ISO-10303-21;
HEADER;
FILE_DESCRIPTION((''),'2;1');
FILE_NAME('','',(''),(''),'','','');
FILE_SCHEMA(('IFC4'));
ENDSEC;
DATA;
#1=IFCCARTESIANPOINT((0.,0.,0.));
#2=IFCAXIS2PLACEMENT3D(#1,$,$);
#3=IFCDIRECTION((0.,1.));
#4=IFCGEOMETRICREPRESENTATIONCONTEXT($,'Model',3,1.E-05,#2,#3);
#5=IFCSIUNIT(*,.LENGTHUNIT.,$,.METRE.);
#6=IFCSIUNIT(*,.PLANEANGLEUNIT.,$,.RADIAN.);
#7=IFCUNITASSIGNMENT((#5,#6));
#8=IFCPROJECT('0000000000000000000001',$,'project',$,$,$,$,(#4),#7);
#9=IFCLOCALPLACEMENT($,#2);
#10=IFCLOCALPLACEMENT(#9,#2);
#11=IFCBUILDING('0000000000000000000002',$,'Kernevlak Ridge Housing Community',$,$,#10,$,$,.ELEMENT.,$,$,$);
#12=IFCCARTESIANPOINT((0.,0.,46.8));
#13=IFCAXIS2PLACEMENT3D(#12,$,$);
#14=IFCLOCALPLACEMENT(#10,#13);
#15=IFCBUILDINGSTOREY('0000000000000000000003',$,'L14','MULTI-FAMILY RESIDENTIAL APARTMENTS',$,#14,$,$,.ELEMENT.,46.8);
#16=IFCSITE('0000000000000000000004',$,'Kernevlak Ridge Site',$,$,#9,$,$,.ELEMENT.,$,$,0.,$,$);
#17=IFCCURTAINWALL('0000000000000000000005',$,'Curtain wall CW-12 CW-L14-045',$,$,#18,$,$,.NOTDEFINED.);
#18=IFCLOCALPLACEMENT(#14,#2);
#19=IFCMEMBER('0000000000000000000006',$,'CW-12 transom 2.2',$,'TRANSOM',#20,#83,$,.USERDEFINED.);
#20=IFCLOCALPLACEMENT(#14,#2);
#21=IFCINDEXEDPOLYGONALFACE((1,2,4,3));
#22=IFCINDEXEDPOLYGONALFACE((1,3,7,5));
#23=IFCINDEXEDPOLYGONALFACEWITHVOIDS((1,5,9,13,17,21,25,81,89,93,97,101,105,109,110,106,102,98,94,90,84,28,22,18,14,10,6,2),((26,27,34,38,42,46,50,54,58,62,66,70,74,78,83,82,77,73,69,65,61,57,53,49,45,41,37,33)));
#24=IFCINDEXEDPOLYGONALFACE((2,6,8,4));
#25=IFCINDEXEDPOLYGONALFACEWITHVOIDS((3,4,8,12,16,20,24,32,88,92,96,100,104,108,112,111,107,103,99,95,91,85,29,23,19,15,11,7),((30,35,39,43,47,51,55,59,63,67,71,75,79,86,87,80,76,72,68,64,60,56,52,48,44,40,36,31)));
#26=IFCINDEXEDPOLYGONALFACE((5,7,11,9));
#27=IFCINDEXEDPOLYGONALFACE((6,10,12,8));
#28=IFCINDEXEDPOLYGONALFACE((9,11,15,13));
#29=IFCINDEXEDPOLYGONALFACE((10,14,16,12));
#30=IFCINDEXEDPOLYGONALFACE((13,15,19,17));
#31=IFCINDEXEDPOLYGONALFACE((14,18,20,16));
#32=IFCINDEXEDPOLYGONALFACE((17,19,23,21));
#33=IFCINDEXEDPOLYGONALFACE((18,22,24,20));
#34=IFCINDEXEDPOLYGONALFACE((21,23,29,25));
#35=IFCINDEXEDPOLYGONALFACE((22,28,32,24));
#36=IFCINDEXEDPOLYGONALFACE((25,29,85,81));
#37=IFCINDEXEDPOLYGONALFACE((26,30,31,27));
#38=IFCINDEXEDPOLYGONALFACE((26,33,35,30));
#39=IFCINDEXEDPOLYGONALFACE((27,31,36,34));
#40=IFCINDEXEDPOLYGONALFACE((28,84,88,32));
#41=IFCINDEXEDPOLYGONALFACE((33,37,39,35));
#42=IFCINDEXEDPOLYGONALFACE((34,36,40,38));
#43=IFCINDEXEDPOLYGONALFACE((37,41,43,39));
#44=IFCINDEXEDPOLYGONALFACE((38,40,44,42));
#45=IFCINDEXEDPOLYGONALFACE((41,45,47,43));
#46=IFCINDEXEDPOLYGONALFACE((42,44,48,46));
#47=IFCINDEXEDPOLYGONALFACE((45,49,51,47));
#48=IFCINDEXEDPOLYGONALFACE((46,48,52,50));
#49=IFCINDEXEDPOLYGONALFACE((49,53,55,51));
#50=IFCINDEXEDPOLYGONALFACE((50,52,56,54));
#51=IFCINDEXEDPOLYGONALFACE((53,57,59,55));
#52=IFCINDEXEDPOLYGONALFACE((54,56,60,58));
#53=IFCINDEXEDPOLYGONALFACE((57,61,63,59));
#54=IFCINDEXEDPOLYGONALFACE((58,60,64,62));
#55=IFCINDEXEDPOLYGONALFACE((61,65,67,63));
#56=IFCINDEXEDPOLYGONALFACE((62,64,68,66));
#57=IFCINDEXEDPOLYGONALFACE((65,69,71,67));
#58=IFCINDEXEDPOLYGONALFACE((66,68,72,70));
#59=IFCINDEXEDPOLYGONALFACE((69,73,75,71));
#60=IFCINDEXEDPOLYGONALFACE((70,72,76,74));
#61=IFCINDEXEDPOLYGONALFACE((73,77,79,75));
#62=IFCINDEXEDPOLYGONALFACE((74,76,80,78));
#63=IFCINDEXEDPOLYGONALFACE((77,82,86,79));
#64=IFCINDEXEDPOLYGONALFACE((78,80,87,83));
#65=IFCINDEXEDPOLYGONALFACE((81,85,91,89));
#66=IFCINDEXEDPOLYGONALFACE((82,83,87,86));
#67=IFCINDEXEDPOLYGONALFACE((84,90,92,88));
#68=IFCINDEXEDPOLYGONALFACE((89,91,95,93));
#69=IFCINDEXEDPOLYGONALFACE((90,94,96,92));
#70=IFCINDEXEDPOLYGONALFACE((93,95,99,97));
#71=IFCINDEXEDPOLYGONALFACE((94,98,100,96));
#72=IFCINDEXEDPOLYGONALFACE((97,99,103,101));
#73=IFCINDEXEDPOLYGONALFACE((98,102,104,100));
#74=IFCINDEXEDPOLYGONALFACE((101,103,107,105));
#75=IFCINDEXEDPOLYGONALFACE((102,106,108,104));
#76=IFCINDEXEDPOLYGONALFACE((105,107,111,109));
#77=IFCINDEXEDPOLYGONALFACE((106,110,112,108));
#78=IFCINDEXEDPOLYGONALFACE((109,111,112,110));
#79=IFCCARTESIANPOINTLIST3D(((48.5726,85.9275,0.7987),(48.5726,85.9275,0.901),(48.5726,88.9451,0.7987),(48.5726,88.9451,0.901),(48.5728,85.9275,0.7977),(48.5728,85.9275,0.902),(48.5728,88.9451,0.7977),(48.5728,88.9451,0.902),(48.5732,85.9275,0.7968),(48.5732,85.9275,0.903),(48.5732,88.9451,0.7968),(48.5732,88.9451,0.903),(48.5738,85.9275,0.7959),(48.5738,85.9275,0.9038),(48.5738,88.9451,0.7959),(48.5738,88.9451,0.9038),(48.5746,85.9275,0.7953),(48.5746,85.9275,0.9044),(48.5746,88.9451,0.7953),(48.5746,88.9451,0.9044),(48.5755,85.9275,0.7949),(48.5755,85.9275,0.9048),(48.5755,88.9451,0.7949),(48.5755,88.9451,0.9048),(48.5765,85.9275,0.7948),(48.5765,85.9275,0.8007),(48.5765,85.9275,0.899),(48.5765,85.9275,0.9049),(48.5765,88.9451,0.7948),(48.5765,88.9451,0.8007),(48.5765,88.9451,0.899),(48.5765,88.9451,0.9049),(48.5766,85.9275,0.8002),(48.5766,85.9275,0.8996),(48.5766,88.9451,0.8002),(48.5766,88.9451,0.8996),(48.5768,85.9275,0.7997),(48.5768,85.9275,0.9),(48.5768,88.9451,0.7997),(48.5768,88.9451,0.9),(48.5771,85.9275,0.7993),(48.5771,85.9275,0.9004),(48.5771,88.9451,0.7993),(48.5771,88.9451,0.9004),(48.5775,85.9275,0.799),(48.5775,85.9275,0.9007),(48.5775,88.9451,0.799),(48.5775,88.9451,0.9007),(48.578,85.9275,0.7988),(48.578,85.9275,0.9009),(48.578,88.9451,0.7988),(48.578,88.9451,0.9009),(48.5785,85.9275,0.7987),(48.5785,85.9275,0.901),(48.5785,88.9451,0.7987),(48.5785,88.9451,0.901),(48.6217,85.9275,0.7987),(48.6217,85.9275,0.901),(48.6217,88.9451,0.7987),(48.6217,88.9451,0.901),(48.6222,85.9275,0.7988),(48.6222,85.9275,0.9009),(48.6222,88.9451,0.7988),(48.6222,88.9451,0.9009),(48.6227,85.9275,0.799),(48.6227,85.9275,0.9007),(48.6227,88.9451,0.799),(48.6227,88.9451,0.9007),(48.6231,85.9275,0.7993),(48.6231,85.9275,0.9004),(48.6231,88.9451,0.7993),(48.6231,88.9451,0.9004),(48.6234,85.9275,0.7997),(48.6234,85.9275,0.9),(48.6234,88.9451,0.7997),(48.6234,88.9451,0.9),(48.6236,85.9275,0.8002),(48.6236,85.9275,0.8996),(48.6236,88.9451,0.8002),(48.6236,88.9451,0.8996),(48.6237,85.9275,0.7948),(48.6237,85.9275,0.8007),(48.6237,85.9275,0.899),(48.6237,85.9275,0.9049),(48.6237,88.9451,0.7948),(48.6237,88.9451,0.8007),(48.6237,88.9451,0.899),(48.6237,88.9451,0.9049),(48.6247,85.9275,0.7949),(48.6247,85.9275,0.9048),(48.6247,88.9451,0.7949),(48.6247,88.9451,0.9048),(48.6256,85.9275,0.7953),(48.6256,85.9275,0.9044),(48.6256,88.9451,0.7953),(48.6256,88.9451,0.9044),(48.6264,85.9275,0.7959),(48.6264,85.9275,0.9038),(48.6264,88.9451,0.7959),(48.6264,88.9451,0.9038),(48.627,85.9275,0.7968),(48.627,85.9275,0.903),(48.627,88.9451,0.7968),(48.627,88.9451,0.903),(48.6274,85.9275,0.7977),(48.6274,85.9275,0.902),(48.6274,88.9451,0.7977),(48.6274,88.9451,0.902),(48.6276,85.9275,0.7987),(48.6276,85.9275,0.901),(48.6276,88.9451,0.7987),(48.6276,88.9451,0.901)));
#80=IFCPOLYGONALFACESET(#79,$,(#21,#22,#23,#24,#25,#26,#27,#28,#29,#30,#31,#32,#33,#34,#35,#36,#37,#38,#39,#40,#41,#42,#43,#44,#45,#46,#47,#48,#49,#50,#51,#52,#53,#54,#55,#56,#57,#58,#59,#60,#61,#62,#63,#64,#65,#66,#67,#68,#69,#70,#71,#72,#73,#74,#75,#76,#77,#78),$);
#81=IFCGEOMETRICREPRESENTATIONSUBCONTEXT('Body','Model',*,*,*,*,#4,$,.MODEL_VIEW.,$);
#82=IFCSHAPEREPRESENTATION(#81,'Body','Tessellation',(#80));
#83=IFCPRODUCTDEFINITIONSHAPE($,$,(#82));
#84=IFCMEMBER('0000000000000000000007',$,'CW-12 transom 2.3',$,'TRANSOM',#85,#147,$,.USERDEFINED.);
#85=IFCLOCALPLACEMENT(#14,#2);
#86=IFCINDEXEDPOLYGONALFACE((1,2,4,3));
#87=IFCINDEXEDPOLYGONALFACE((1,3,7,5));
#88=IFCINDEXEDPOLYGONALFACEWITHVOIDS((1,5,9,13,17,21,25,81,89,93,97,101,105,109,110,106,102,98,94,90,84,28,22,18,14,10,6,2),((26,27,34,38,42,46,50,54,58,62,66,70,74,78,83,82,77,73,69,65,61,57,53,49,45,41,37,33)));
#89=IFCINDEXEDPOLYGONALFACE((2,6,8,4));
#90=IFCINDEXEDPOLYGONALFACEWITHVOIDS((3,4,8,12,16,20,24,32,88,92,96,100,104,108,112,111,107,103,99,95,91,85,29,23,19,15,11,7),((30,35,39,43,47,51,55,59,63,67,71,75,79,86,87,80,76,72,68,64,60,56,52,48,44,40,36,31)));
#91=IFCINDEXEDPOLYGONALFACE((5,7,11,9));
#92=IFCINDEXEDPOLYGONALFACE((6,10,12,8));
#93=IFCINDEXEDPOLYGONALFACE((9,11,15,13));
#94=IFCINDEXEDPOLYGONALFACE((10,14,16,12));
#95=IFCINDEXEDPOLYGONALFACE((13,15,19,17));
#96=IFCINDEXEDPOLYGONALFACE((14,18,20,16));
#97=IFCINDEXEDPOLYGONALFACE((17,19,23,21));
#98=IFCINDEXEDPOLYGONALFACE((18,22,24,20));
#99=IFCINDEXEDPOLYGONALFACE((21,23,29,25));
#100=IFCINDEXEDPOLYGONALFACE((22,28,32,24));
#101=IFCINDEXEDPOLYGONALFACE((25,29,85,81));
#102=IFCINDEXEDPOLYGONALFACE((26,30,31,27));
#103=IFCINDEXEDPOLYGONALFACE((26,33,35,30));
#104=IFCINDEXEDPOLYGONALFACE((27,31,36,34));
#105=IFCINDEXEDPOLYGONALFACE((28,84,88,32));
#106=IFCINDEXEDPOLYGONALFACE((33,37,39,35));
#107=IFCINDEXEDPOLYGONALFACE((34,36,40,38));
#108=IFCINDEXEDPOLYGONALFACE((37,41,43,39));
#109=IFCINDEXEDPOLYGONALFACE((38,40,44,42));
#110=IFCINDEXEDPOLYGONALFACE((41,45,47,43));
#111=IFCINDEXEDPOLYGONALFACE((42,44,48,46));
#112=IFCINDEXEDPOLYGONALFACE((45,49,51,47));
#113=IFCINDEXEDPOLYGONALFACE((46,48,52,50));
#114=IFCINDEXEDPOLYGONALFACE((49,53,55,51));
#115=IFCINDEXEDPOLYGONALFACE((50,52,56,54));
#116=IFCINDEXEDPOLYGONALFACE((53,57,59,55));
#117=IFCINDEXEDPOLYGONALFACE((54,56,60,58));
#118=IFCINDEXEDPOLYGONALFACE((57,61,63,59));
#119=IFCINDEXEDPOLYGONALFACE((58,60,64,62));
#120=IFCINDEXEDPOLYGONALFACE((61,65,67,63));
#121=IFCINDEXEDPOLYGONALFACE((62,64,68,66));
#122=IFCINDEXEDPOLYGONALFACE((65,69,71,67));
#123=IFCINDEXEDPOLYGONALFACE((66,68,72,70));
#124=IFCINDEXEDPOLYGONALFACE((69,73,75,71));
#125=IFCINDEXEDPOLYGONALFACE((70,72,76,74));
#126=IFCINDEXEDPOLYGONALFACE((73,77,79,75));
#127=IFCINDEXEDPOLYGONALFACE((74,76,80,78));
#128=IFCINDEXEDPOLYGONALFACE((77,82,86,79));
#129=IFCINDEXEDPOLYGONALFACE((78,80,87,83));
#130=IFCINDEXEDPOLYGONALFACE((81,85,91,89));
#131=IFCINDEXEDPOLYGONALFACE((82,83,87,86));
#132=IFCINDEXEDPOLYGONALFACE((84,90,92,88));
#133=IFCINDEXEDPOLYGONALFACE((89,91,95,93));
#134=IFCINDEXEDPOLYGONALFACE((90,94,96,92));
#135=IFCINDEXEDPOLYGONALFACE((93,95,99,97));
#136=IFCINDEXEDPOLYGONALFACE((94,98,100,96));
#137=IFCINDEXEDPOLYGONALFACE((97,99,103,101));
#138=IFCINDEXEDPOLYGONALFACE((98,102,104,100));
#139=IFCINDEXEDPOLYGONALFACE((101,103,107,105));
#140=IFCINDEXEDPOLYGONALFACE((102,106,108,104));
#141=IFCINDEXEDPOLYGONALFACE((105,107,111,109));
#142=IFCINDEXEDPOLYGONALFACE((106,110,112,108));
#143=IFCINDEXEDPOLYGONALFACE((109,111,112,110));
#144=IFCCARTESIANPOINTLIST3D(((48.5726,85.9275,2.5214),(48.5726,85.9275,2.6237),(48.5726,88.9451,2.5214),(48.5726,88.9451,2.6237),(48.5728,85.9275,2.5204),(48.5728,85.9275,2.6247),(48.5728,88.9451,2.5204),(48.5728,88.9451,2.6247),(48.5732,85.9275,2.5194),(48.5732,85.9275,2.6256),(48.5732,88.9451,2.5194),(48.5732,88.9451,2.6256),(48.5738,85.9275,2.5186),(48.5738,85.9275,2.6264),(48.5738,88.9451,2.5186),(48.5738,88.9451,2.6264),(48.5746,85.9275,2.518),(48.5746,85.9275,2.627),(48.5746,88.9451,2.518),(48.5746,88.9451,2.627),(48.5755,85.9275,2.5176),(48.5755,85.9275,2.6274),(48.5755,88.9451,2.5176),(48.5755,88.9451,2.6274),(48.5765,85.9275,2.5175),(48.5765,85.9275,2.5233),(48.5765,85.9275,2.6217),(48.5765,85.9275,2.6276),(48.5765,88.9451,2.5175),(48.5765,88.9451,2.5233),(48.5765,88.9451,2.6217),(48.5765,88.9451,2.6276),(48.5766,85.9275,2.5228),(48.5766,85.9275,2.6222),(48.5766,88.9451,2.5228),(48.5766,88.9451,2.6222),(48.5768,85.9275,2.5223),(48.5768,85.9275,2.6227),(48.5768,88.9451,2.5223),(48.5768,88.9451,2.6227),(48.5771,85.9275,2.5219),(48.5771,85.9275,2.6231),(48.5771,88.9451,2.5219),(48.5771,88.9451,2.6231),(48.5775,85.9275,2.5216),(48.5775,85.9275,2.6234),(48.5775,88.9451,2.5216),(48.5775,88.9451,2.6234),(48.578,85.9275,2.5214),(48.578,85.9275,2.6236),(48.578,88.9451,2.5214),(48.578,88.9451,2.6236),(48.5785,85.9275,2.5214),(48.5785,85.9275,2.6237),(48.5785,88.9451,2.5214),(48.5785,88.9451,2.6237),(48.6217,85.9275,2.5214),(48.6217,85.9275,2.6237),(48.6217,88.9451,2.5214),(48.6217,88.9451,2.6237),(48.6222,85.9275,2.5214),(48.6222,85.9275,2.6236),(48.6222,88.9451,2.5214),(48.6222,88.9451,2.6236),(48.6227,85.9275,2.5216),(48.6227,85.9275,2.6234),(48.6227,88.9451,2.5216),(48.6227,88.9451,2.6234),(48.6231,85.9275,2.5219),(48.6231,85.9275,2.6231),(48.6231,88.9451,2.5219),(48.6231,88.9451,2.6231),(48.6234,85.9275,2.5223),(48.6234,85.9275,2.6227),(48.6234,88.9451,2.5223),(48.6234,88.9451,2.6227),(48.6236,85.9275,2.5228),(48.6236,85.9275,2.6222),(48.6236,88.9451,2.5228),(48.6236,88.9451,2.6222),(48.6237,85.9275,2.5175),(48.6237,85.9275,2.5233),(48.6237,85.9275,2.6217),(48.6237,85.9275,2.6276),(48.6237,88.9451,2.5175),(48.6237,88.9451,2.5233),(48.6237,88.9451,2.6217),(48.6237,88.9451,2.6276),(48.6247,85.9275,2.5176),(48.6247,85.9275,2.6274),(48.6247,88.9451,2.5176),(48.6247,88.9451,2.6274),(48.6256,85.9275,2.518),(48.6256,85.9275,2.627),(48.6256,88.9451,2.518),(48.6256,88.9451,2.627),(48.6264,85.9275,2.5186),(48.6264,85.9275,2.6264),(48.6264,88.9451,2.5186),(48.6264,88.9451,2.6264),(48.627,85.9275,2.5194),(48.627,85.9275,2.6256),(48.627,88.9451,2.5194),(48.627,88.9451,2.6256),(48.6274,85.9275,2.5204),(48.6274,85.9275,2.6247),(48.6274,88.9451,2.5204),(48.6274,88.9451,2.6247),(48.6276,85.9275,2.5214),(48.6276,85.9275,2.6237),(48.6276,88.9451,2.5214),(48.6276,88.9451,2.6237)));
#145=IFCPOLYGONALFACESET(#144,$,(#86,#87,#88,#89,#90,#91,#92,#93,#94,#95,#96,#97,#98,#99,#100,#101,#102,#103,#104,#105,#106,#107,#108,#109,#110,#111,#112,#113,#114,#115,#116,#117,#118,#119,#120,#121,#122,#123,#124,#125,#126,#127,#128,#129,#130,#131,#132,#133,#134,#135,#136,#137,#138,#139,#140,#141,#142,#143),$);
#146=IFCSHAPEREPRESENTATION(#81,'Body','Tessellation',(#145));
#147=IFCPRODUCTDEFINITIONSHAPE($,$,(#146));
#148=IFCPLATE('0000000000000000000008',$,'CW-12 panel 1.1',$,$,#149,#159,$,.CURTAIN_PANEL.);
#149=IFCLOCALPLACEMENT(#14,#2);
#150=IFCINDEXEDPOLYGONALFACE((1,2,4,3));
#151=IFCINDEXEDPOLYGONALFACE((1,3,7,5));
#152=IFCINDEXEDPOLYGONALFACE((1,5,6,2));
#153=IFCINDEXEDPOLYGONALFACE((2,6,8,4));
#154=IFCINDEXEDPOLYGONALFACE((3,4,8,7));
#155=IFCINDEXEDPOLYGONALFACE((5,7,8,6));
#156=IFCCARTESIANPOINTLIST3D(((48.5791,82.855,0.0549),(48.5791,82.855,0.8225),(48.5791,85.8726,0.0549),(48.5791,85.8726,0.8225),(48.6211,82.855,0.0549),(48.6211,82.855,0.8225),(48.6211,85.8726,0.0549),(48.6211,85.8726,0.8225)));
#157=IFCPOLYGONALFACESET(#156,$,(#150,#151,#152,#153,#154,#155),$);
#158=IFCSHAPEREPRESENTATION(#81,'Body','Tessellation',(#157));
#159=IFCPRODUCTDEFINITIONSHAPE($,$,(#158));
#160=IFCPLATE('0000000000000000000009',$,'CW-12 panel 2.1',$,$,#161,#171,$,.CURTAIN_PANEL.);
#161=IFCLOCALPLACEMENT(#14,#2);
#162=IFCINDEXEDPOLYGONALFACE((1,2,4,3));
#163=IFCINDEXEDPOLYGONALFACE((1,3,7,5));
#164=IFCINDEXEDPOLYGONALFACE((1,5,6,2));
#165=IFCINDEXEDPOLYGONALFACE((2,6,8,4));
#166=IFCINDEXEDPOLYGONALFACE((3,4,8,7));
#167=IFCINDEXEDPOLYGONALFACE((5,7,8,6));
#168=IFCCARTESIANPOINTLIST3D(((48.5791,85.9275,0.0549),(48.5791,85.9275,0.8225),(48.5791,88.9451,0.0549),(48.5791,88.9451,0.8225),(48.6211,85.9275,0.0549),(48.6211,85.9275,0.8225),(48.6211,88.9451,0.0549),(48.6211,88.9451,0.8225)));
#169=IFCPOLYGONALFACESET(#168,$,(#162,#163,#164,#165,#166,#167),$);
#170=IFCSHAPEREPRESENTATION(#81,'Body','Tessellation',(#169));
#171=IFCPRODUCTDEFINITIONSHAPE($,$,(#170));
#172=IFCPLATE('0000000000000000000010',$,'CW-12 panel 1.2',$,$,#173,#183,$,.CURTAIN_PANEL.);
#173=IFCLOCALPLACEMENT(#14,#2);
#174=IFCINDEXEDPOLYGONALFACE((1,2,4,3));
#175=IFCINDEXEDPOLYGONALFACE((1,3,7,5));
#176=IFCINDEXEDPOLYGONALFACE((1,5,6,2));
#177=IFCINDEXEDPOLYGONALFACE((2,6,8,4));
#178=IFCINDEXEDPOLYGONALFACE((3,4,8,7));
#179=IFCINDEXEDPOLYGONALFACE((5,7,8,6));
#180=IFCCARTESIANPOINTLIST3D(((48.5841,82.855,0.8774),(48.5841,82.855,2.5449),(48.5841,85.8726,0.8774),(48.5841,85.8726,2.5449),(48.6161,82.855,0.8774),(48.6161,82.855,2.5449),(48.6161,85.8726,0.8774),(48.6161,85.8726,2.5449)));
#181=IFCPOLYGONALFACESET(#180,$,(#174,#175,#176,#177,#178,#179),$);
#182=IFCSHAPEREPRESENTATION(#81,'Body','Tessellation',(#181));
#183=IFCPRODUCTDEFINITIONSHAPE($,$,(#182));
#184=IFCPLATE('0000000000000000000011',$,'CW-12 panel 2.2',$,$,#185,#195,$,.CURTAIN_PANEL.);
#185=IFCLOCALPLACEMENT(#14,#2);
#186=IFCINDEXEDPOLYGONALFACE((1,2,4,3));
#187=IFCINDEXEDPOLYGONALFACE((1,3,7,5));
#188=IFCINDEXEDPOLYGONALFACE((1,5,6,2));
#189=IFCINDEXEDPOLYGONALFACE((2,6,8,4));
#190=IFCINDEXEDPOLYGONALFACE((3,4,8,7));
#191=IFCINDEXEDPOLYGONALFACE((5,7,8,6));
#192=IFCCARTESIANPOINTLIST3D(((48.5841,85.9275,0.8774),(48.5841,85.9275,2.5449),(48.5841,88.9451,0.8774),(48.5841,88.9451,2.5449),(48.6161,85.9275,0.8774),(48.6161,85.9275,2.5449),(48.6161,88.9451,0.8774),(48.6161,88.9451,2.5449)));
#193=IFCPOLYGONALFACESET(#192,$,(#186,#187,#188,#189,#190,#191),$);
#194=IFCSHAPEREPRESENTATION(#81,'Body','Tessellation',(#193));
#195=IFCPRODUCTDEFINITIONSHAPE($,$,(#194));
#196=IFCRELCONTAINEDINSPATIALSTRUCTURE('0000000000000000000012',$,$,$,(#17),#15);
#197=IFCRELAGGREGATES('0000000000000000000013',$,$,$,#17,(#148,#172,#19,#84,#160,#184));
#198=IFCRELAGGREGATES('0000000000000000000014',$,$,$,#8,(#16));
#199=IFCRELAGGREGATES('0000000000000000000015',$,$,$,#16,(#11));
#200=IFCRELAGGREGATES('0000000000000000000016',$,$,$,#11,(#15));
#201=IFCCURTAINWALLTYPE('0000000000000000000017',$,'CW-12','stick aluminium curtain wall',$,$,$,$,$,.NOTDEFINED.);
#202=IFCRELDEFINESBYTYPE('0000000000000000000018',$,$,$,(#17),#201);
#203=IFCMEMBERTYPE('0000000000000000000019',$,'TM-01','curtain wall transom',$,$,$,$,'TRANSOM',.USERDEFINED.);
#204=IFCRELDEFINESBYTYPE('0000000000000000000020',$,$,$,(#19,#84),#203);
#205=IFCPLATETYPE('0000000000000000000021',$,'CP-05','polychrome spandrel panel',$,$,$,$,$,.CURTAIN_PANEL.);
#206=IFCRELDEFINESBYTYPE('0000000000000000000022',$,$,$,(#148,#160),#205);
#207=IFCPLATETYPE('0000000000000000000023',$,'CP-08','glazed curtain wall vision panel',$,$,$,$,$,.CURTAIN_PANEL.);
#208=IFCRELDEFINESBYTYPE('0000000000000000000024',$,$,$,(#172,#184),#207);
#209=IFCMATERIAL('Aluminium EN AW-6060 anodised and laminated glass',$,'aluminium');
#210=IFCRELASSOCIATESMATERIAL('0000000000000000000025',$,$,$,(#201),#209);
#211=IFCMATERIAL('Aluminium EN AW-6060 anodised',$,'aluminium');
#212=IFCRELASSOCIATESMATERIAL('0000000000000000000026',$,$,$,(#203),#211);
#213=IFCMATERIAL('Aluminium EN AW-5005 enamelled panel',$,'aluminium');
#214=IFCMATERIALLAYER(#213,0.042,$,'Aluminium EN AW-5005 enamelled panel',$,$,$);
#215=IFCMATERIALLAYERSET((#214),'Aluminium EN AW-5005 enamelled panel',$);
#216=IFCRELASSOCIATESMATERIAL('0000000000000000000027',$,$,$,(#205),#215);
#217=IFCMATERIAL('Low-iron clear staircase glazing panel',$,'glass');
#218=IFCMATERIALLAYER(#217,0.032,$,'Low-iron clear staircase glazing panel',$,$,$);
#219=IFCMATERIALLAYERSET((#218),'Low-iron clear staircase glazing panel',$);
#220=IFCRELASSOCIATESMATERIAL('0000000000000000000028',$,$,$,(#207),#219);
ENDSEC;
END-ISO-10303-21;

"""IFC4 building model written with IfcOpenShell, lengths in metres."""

from ifc_helpers import new_model, si_unit, direction, frame, origin, origin_2d, place, context, subcontext, project, spatial, rectangle, hollow_rectangle, extrude, material, layer, layer_set, material_profile, profile_set, type_object, element, aggregate, save


model = new_model("IFC4")

# Units and contexts
model_context = context("Model", 3, precision=1e-05, world=origin(), true_north=direction((0.0, 1.0)))
body_context = subcontext(model_context, "Body", "Model", "MODEL_VIEW")
ifc_project = project(units=[si_unit("LENGTHUNIT", "METRE"), si_unit("PLANEANGLEUNIT", "RADIAN")], contexts=[model_context])

# Site, building, storey
site_placement = place(None, origin())
site = spatial("IfcSite", under=ifc_project, at=site_placement, Name="Kernevlak Ridge Site", CompositionType="ELEMENT", RefElevation=0.0)
building_placement = place(site_placement, origin())
building = spatial("IfcBuilding", under=site, at=building_placement, Name="Kernevlak Ridge Housing Community", CompositionType="ELEMENT")
storey_placement = place(building_placement, frame((0.0, 0.0, 46.8)))
storey = spatial("IfcBuildingStorey", under=building, at=storey_placement, Name="L14", Description="MULTI-FAMILY RESIDENTIAL APARTMENTS", CompositionType="ELEMENT", Elevation=46.8)

# Curtain wall
ifc_material_1 = material(Name="Aluminium EN AW-6060 anodised and laminated glass", Category="aluminium")
curtain_wall_type_1 = type_object("IfcCurtainWallType", Name="CW-12", Description="stick aluminium curtain wall", PredefinedType="NOTDEFINED", material=ifc_material_1)
curtain_wall_1_placement = place(storey_placement, origin())
curtain_wall_1 = element("IfcCurtainWall", 1, at=curtain_wall_1_placement, inside=storey, type_object=curtain_wall_type_1, Name="Curtain wall CW-12 CW-L14-045", PredefinedType="NOTDEFINED")
ifc_material_2 = material(Name="Aluminium EN AW-6060 anodised", Category="aluminium")

# Members
ifc_material_profile_1 = material_profile(ifc_material_2, hollow_rectangle(XDim=0.0549, YDim=0.1101, WallThickness=0.0039, InnerFilletRadius=0.002, OuterFilletRadius=0.0039, at=origin_2d()), Name="ALU 55x110x4")
ifc_profile_set_1 = profile_set([ifc_material_profile_1], Name="Aluminium EN AW-6060 anodised")
member_type_1 = type_object("IfcMemberType", Name="TM-01", Description="curtain wall transom", ElementType="TRANSOM", PredefinedType="USERDEFINED", material=ifc_profile_set_1)
member_1_placement = place(storey_placement, frame((48.6001, 85.9275, 0.8499), z_axis=(0.0, 1.0, 0.0), x_axis=(-1.0, 0.0, 0.0)))
member_1 = element("IfcMember", 2, at=member_1_placement, type_object=member_type_1, Name="CW-12 transom 2.2", ObjectType="TRANSOM", PredefinedType="USERDEFINED", context=body_context, shape_type="SweptSolid", body=[
    extrude(hollow_rectangle(XDim=0.0549, YDim=0.1101, WallThickness=0.0039, InnerFilletRadius=0.002, OuterFilletRadius=0.0039, at=origin_2d()), origin(), (0.0, 0.0, 1.0), 3.0176),
])
member_2_placement = place(storey_placement, frame((48.6001, 85.9275, 2.5725), z_axis=(0.0, 1.0, 0.0), x_axis=(-1.0, 0.0, 0.0)))
member_2 = element("IfcMember", 3, at=member_2_placement, type_object=member_type_1, Name="CW-12 transom 2.3", ObjectType="TRANSOM", PredefinedType="USERDEFINED", context=body_context, shape_type="SweptSolid", body=[
    extrude(hollow_rectangle(XDim=0.0549, YDim=0.1101, WallThickness=0.0039, InnerFilletRadius=0.002, OuterFilletRadius=0.0039, at=origin_2d()), origin(), (0.0, 0.0, 1.0), 3.0176),
])

# Plates
ifc_material_3 = material(Name="Aluminium EN AW-5005 enamelled panel", Category="aluminium")
ifc_layer_1 = layer(ifc_material_3, 0.042, Name="Aluminium EN AW-5005 enamelled panel")
ifc_layer_set_1 = layer_set([ifc_layer_1], Name="Aluminium EN AW-5005 enamelled panel")
plate_type_1 = type_object("IfcPlateType", Name="CP-05", Description="polychrome spandrel panel", PredefinedType="CURTAIN_PANEL", material=ifc_layer_set_1)
plate_1_placement = place(storey_placement, frame((48.6001, 84.3638, 0.0549), z_axis=(0.0, 0.0, 1.0), x_axis=(0.0, 1.0, 0.0)))
plate_1 = element("IfcPlate", 4, at=plate_1_placement, type_object=plate_type_1, Name="CW-12 panel 1.1", PredefinedType="CURTAIN_PANEL", context=body_context, shape_type="SweptSolid", body=[
    extrude(rectangle(XDim=3.0176, YDim=0.042, at=origin_2d()), origin(), (0.0, 0.0, 1.0), 0.7676),
])
plate_2_placement = place(storey_placement, frame((48.6001, 87.4363, 0.0549), z_axis=(0.0, 0.0, 1.0), x_axis=(0.0, 1.0, 0.0)))
plate_2 = element("IfcPlate", 5, at=plate_2_placement, type_object=plate_type_1, Name="CW-12 panel 2.1", PredefinedType="CURTAIN_PANEL", context=body_context, shape_type="SweptSolid", body=[
    extrude(rectangle(XDim=3.0176, YDim=0.042, at=origin_2d()), origin(), (0.0, 0.0, 1.0), 0.7676),
])
ifc_material_4 = material(Name="Low-iron clear staircase glazing panel", Category="glass")
ifc_layer_2 = layer(ifc_material_4, 0.032, Name="Low-iron clear staircase glazing panel")
ifc_layer_set_2 = layer_set([ifc_layer_2], Name="Low-iron clear staircase glazing panel")
plate_type_2 = type_object("IfcPlateType", Name="CP-08", Description="glazed curtain wall vision panel", PredefinedType="CURTAIN_PANEL", material=ifc_layer_set_2)
plate_3_placement = place(storey_placement, frame((48.6001, 84.3638, 0.8774), z_axis=(0.0, 0.0, 1.0), x_axis=(0.0, 1.0, 0.0)))
plate_3 = element("IfcPlate", 6, at=plate_3_placement, type_object=plate_type_2, Name="CW-12 panel 1.2", PredefinedType="CURTAIN_PANEL", context=body_context, shape_type="SweptSolid", body=[
    extrude(rectangle(XDim=3.0176, YDim=0.032, at=origin_2d()), origin(), (0.0, 0.0, 1.0), 1.6675),
])
plate_4_placement = place(storey_placement, frame((48.6001, 87.4363, 0.8774), z_axis=(0.0, 0.0, 1.0), x_axis=(0.0, 1.0, 0.0)))
plate_4 = element("IfcPlate", 7, at=plate_4_placement, type_object=plate_type_2, Name="CW-12 panel 2.2", PredefinedType="CURTAIN_PANEL", context=body_context, shape_type="SweptSolid", body=[
    extrude(rectangle(XDim=3.0176, YDim=0.032, at=origin_2d()), origin(), (0.0, 0.0, 1.0), 1.6675),
])
aggregate(curtain_wall_1, [plate_1, plate_3, member_1, member_2, plate_2, plate_4])

save(model, "model.ifc")
